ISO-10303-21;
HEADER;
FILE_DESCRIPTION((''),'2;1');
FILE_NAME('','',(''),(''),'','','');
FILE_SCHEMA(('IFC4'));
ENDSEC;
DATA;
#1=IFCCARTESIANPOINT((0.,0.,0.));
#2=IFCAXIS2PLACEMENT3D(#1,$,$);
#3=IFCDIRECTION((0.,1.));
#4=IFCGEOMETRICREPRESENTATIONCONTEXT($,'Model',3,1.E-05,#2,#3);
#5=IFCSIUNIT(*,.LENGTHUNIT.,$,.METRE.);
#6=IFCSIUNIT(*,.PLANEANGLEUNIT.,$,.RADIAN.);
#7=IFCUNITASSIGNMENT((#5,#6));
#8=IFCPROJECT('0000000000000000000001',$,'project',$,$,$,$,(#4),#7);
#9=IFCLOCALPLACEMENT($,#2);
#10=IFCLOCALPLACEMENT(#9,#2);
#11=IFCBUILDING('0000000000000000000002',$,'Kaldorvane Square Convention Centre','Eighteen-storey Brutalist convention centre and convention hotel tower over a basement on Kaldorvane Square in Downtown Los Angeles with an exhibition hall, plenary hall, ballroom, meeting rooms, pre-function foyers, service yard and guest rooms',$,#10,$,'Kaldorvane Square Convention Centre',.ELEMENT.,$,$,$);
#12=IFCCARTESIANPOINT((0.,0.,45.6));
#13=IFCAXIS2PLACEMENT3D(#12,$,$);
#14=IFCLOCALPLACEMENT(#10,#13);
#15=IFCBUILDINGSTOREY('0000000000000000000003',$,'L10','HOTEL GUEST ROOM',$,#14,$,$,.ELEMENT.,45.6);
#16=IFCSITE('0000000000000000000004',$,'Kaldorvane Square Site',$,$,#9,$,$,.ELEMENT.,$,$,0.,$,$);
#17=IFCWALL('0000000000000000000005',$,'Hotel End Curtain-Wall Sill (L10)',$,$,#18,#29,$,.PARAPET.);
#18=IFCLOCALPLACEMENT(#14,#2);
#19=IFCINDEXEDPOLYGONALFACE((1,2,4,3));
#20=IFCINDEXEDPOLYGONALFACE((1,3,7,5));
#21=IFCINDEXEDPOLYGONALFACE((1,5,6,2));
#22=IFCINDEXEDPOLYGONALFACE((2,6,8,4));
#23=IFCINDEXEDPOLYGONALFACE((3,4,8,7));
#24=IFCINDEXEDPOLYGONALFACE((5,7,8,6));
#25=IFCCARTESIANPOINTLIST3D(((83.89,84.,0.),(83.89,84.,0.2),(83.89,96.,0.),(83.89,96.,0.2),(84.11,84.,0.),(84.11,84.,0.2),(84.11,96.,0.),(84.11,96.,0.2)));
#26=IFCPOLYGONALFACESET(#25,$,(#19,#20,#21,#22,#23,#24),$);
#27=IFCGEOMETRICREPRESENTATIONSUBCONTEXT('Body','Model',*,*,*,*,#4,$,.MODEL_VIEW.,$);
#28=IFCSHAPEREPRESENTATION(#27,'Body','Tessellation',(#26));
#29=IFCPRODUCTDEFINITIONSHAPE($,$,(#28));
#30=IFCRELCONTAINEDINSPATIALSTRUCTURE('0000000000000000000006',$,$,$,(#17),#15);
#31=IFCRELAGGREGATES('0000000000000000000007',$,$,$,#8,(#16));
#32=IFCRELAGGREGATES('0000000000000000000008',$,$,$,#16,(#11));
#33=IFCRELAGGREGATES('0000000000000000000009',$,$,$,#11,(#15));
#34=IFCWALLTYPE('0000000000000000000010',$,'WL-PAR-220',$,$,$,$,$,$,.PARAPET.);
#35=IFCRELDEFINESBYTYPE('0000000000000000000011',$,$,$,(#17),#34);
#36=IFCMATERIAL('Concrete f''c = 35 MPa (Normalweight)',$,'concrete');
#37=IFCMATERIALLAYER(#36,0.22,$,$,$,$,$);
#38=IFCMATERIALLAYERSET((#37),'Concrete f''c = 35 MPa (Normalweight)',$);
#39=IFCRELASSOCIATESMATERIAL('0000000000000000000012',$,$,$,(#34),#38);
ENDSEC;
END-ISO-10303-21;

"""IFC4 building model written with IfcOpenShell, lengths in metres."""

from ifc_helpers import new_model, si_unit, direction, frame, frame_2d, origin, place, context, subcontext, project, spatial, rectangle, extrude, material, layer, layer_set, type_object, element, save


model = new_model("IFC4")

# Units and contexts
model_context = context("Model", 3, precision=1e-05, world=origin(), true_north=direction((0.0, 1.0)))
body_context = subcontext(model_context, "Body", "Model", "MODEL_VIEW")
ifc_project = project(units=[si_unit("LENGTHUNIT", "METRE"), si_unit("PLANEANGLEUNIT", "RADIAN")], contexts=[model_context])

# Site, building, storey
site_placement = place(None, origin())
site = spatial("IfcSite", under=ifc_project, at=site_placement, Name="Kaldorvane Square Site", CompositionType="ELEMENT", RefElevation=0.0)
building_placement = place(site_placement, origin())
building = spatial("IfcBuilding", under=site, at=building_placement, Name="Kaldorvane Square Convention Centre", Description="Eighteen-storey Brutalist convention centre and convention hotel tower over a basement on Kaldorvane Square in Downtown Los Angeles with an exhibition hall, plenary hall, ballroom, meeting rooms, pre-function foyers, service yard and guest rooms", LongName="Kaldorvane Square Convention Centre", CompositionType="ELEMENT")
storey_placement = place(building_placement, frame((0.0, 0.0, 45.6)))
storey = spatial("IfcBuildingStorey", under=building, at=storey_placement, Name="L10", Description="HOTEL GUEST ROOM", CompositionType="ELEMENT", Elevation=45.6)

# Wall
ifc_material_1 = material(Name="Concrete f'c = 35 MPa (Normalweight)", Category="concrete")
ifc_layer_1 = layer(ifc_material_1, 0.22)
ifc_layer_set_1 = layer_set([ifc_layer_1], Name="Concrete f'c = 35 MPa (Normalweight)")
wall_type_1 = type_object("IfcWallType", Name="WL-PAR-220", PredefinedType="PARAPET", material=ifc_layer_set_1)
wall_1_placement = place(storey_placement, frame((84.0, 84.0, 0.0), z_axis=(0.0, 0.0, 1.0), x_axis=(0.0, 1.0, 0.0)))
element("IfcWall", 1, at=wall_1_placement, inside=storey, type_object=wall_type_1, Name="Hotel End Curtain-Wall Sill (L10)", PredefinedType="PARAPET", context=body_context, shape_type="SweptSolid", body=[
    extrude(rectangle(XDim=12.0, YDim=0.22, at=frame_2d((6.0, 0.0))), origin(), (0.0, 0.0, 1.0), 0.2),
])

save(model, "model.ifc")
